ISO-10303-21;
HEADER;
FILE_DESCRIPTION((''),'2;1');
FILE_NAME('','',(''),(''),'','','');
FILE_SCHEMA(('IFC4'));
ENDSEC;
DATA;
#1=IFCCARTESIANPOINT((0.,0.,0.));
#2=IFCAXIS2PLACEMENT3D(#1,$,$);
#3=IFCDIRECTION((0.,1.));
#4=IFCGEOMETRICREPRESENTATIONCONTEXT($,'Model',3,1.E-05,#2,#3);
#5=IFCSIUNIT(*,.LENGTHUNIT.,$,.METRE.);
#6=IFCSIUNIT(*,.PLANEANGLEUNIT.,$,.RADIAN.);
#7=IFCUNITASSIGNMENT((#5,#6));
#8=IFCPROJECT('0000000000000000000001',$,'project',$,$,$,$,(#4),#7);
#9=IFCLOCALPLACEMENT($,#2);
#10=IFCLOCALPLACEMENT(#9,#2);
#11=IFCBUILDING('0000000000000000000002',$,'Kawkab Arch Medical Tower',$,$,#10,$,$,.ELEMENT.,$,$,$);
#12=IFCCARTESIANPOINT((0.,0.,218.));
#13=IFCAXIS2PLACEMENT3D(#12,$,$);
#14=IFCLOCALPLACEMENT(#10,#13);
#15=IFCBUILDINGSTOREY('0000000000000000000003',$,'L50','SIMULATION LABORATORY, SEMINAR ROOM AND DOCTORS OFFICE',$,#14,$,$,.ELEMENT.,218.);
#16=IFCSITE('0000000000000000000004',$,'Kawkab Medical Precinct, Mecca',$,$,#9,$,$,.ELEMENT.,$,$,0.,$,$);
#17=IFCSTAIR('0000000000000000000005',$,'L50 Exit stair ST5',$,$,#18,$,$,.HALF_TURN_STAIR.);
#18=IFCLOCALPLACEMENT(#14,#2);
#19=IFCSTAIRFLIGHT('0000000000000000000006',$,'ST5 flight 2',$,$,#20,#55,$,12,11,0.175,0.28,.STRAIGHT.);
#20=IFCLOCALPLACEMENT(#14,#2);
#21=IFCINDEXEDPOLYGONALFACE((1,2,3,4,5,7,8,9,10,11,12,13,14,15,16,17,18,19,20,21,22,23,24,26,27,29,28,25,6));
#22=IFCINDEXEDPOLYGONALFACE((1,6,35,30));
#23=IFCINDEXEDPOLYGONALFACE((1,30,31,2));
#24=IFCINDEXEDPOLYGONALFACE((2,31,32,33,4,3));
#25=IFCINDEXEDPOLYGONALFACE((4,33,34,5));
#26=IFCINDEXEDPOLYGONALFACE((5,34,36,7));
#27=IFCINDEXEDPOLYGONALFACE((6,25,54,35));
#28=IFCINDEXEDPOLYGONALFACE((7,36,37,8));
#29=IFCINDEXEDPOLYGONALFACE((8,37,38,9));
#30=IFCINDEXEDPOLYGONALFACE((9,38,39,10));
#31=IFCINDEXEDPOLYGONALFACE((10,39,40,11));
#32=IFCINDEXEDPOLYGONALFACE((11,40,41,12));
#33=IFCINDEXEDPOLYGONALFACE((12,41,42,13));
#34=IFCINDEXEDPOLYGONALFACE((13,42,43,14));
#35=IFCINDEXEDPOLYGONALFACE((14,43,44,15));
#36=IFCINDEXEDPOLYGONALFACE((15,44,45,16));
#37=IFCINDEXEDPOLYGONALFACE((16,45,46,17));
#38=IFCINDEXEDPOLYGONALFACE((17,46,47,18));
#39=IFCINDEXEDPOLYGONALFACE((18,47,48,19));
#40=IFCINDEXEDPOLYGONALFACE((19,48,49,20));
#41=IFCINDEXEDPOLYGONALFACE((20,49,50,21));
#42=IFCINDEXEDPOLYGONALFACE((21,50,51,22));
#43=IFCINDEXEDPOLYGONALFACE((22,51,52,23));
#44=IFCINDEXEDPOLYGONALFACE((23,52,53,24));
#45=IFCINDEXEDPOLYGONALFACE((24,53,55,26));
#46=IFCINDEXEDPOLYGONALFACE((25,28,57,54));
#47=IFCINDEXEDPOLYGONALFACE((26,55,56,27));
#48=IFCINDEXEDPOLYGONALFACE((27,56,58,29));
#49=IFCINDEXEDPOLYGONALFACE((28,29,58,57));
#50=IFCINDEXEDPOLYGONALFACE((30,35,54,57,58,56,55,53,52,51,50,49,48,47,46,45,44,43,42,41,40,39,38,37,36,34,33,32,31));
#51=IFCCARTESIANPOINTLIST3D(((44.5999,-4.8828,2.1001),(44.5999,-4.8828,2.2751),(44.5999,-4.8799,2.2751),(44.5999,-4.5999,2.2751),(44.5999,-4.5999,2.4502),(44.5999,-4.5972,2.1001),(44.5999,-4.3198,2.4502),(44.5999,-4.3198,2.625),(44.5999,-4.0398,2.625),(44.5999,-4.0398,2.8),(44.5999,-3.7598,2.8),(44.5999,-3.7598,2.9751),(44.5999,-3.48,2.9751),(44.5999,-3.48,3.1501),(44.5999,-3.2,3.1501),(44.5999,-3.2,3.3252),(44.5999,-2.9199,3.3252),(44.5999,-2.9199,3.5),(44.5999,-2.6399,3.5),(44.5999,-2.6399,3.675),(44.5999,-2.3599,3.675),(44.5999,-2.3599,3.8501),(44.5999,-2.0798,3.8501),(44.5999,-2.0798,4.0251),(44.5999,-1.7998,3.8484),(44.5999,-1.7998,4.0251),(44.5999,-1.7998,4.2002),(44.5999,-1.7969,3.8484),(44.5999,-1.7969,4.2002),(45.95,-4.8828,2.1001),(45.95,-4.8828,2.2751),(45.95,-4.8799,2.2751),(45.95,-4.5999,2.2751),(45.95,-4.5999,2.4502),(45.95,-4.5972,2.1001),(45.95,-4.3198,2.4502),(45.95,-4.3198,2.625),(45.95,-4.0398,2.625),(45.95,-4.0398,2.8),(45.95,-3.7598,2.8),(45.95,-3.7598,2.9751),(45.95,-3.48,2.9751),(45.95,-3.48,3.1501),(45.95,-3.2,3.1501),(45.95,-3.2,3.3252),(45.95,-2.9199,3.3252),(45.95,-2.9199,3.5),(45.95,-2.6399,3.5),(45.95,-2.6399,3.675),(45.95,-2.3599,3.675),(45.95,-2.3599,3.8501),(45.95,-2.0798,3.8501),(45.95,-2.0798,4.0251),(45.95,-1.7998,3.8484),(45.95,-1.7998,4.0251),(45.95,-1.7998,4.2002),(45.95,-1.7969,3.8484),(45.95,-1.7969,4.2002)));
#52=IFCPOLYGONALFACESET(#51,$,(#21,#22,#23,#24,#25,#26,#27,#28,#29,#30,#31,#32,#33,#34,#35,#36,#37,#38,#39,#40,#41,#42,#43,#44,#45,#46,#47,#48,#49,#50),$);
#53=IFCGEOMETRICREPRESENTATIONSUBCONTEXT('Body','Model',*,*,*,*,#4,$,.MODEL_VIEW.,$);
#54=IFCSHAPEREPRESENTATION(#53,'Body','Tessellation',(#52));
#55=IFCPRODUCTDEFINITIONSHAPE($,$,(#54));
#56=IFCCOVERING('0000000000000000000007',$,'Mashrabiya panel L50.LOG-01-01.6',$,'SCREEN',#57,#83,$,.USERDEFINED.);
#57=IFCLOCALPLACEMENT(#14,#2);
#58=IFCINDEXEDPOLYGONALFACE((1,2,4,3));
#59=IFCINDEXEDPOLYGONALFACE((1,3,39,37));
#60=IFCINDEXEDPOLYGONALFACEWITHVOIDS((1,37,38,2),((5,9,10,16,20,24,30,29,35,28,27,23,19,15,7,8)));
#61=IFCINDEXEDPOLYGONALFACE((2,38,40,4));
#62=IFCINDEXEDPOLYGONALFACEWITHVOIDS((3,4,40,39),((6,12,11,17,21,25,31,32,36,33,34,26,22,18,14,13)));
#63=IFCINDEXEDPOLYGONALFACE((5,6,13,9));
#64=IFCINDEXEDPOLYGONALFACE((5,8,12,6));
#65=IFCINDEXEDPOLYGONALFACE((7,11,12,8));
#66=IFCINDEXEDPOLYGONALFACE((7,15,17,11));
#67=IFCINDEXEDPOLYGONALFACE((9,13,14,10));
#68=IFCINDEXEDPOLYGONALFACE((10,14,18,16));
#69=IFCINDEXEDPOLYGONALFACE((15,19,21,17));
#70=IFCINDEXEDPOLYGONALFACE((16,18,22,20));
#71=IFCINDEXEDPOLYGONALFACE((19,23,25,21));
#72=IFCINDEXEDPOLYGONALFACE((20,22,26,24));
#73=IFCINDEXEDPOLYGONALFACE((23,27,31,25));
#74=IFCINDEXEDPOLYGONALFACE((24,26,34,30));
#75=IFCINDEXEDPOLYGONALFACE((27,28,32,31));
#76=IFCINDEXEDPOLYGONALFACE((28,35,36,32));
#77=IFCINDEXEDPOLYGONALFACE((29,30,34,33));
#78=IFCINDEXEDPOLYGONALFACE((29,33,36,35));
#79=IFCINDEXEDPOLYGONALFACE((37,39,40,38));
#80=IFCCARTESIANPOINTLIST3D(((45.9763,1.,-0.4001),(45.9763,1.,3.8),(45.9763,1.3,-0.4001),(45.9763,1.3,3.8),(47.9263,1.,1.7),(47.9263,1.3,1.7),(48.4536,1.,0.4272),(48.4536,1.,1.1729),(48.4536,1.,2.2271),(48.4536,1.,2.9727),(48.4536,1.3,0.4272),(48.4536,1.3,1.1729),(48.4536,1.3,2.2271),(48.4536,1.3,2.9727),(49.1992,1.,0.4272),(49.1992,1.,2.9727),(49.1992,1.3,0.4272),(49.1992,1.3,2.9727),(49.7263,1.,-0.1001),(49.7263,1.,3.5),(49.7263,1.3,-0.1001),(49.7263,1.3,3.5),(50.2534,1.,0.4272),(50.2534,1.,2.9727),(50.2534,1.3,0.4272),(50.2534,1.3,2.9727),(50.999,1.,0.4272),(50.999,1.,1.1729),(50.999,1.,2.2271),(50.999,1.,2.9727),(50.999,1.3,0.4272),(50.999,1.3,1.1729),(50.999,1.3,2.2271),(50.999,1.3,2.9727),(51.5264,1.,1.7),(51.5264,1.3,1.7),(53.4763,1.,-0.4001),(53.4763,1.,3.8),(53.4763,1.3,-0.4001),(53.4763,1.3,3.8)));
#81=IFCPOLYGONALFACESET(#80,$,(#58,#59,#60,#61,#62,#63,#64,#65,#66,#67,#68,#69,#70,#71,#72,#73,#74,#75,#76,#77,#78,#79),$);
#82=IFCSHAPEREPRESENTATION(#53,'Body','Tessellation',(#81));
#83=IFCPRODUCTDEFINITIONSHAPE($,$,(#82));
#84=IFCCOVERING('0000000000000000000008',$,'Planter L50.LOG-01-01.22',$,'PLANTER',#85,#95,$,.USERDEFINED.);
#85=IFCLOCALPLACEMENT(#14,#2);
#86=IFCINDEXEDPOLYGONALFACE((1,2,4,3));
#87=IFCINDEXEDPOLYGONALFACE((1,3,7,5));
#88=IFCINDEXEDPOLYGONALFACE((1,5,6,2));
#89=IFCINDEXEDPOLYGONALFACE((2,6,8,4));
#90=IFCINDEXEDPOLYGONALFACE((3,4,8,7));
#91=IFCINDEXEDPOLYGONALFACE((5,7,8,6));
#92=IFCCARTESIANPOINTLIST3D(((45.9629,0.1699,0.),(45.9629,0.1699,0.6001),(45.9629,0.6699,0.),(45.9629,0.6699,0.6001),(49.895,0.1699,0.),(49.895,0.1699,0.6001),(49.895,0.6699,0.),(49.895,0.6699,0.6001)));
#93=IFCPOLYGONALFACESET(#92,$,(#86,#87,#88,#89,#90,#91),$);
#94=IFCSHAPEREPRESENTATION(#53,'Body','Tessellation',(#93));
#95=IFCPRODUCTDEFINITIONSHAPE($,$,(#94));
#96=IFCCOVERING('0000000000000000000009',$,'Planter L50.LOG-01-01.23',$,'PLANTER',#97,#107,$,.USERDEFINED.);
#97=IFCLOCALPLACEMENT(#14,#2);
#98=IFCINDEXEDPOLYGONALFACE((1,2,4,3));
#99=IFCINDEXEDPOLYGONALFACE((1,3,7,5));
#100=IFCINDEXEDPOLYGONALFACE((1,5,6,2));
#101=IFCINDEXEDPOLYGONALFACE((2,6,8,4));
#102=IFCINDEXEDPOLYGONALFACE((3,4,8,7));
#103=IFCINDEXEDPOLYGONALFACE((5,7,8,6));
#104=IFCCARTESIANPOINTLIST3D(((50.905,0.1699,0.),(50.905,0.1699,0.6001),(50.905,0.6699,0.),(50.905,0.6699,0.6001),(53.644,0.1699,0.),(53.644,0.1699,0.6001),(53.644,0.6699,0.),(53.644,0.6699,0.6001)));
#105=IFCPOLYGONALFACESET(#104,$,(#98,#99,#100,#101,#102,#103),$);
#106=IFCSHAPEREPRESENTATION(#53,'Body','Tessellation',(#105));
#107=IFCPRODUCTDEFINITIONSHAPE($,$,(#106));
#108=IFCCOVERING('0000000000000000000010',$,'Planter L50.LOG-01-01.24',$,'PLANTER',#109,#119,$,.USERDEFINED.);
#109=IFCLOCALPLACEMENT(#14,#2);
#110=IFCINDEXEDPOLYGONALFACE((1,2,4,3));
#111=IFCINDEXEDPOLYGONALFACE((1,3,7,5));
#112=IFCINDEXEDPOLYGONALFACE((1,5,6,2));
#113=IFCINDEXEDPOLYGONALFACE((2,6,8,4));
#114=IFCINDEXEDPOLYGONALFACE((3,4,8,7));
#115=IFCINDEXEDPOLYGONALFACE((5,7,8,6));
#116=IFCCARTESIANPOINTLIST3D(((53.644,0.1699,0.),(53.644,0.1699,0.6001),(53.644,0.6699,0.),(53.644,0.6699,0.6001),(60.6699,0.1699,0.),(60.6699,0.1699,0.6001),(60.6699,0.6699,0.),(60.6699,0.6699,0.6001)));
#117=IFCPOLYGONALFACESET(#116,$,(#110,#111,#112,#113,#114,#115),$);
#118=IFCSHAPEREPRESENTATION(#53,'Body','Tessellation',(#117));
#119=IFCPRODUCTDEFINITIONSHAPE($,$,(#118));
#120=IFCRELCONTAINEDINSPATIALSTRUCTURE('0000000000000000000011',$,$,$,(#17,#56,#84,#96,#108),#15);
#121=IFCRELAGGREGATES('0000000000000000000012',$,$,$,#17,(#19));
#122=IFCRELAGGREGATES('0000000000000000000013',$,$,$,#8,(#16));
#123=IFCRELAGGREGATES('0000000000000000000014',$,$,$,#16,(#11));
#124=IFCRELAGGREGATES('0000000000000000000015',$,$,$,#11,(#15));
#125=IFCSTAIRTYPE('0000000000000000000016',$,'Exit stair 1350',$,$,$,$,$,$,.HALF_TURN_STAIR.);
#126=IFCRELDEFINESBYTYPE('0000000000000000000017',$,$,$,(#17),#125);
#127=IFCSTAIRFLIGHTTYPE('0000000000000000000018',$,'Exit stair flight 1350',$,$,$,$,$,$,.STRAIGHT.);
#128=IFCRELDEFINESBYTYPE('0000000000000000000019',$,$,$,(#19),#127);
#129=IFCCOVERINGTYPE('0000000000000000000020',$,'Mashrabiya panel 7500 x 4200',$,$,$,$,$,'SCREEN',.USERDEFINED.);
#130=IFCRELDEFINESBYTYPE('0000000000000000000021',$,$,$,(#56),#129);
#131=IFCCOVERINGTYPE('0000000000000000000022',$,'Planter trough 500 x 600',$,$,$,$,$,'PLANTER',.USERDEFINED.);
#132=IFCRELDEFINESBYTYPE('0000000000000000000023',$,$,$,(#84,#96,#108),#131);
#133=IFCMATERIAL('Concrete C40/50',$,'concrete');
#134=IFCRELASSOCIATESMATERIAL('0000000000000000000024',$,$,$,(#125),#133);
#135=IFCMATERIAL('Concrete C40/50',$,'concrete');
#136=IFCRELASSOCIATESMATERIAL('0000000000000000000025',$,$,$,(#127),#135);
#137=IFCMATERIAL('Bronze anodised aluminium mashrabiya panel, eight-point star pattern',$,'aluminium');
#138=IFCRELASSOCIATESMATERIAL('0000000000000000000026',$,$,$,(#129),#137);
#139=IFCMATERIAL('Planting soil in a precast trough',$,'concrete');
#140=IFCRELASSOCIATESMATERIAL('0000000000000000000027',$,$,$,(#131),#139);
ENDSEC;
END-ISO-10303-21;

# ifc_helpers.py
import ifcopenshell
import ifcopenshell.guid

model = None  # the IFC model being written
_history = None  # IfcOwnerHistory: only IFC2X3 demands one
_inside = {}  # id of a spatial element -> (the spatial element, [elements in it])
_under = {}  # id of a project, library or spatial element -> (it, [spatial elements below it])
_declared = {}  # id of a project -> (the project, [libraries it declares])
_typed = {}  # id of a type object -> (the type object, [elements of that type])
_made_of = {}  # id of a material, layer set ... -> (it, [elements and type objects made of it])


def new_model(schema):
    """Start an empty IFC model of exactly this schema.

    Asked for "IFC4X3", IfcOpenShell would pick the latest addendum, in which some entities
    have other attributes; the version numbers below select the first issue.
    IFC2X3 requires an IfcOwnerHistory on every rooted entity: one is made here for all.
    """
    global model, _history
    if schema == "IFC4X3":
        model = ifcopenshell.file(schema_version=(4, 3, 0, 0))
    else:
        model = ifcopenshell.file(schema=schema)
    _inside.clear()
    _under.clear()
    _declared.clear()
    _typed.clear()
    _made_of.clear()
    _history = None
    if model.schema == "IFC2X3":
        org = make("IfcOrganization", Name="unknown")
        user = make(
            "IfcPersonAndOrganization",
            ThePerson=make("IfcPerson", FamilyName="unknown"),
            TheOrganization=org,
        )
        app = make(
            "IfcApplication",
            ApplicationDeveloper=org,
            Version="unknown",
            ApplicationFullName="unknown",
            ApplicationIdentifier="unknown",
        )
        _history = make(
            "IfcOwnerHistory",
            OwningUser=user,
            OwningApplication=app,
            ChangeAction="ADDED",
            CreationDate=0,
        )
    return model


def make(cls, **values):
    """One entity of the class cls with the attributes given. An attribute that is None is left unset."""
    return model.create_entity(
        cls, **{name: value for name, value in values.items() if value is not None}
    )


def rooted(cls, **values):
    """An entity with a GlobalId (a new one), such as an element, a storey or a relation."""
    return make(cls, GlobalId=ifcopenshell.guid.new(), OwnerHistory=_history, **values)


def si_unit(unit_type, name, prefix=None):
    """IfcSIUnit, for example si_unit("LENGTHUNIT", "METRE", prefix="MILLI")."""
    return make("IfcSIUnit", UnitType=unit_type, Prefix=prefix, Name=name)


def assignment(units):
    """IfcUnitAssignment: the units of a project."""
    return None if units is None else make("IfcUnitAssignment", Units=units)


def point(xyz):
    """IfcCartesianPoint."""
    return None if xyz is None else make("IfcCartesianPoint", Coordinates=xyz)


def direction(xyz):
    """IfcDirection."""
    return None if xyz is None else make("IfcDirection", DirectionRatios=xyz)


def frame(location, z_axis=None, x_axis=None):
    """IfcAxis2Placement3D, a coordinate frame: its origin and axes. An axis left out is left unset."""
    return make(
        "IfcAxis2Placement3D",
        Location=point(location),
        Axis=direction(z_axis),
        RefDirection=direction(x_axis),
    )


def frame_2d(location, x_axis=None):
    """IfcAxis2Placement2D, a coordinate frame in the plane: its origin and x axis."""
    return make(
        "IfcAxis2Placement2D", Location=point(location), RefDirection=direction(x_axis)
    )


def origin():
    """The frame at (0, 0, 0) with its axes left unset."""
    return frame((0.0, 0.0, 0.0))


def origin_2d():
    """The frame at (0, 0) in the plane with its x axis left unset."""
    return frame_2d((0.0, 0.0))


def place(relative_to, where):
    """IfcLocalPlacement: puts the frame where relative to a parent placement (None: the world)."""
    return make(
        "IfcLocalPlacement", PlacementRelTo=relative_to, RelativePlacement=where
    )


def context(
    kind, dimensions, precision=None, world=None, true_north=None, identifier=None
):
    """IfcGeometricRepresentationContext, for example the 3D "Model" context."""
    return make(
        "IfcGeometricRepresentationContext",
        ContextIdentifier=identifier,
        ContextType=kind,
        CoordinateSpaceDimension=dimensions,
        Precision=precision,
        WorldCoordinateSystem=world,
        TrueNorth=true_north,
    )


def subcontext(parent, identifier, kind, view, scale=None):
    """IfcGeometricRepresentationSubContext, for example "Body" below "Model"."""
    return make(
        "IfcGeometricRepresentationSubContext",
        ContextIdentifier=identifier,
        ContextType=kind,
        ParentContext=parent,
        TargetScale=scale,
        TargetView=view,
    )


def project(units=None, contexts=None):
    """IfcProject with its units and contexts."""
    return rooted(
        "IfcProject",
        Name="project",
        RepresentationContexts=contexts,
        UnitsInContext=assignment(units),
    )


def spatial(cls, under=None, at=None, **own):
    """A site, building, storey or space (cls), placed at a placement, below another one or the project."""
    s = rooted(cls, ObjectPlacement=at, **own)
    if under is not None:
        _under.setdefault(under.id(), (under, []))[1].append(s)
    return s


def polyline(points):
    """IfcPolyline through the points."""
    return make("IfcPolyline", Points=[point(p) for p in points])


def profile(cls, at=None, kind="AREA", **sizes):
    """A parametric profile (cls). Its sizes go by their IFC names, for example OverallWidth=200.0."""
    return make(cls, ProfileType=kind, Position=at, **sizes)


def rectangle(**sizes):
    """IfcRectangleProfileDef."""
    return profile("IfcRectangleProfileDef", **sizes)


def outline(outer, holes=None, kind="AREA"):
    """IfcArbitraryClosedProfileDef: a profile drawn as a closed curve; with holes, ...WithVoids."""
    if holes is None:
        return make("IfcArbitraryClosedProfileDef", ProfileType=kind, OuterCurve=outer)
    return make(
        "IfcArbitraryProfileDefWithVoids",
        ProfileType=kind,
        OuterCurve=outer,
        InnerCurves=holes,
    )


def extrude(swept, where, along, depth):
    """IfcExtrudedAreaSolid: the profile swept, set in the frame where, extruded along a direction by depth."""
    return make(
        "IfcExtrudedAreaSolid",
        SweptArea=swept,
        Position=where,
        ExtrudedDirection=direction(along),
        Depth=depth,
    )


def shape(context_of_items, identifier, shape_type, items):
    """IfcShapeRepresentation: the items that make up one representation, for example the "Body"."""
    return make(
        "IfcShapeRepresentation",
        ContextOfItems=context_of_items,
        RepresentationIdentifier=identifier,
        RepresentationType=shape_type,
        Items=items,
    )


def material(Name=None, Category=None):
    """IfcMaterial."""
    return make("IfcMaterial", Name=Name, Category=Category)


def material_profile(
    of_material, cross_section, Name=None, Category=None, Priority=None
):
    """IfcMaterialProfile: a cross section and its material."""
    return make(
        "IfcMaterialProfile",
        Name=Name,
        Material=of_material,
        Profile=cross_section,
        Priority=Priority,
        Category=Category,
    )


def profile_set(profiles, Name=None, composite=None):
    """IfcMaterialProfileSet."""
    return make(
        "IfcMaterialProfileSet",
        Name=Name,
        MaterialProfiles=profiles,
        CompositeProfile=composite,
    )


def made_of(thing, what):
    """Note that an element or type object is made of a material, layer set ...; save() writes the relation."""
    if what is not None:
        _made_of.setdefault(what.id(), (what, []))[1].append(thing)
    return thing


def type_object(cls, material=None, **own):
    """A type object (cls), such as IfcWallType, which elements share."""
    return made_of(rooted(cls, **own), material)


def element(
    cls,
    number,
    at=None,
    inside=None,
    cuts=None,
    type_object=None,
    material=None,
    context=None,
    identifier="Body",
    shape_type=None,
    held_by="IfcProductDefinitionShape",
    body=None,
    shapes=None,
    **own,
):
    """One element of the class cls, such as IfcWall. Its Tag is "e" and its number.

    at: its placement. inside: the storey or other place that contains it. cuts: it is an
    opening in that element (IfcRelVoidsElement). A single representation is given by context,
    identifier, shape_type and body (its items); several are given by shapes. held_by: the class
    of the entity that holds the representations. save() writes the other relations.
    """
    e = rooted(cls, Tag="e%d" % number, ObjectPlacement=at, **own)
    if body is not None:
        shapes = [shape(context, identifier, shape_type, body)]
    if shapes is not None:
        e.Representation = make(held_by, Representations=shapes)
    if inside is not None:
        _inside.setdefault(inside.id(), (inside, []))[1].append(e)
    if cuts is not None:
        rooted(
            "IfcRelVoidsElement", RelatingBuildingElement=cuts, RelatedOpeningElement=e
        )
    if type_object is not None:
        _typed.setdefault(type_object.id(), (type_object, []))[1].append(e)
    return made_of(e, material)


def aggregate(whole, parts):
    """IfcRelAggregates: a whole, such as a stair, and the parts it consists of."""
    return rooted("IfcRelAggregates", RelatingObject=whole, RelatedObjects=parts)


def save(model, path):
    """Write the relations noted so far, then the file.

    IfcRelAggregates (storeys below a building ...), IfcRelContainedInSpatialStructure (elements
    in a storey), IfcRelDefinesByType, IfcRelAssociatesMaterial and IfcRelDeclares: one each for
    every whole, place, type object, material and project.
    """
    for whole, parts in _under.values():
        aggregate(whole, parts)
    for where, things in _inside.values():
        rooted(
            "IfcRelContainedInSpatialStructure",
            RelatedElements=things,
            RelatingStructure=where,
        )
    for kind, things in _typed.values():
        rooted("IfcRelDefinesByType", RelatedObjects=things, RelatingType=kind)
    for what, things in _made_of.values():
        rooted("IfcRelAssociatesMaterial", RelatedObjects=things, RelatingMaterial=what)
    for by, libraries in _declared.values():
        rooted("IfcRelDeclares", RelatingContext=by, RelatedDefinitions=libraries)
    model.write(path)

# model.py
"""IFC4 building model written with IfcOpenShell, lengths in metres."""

from ifc_helpers import new_model, si_unit, direction, frame, origin, origin_2d, place, context, subcontext, project, spatial, polyline, rectangle, outline, extrude, material, material_profile, profile_set, type_object, element, aggregate, save


model = new_model("IFC4")

# Units and contexts
model_context = context("Model", 3, precision=1e-05, world=origin(), true_north=direction((0.0, 1.0)))
body_context = subcontext(model_context, "Body", "Model", "MODEL_VIEW")
ifc_project = project(units=[si_unit("LENGTHUNIT", "METRE"), si_unit("PLANEANGLEUNIT", "RADIAN")], contexts=[model_context])

# Site, building, storey
site_placement = place(None, origin())
site = spatial("IfcSite", under=ifc_project, at=site_placement, Name="Kawkab Medical Precinct, Mecca", CompositionType="ELEMENT", RefElevation=0.0)
building_placement = place(site_placement, origin())
building = spatial("IfcBuilding", under=site, at=building_placement, Name="Kawkab Arch Medical Tower", CompositionType="ELEMENT")
storey_placement = place(building_placement, frame((0.0, 0.0, 218.0)))
storey = spatial("IfcBuildingStorey", under=building, at=storey_placement, Name="L50", Description="SIMULATION LABORATORY, SEMINAR ROOM AND DOCTORS OFFICE", CompositionType="ELEMENT", Elevation=218.0)

# Shared definitions
placement = place(storey_placement, origin())

# Stair, stair flight
ifc_material_1 = material(Name="Concrete C40/50", Category="concrete")
stair_type = type_object("IfcStairType", Name="Exit stair 1350", PredefinedType="HALF_TURN_STAIR", material=ifc_material_1)
stair = element("IfcStair", 1, at=placement, inside=storey, type_object=stair_type, Name="L50 Exit stair ST5", PredefinedType="HALF_TURN_STAIR")
ifc_material_2 = material(Name="Concrete C40/50", Category="concrete")
stair_flight_type = type_object("IfcStairFlightType", Name="Exit stair flight 1350", PredefinedType="STRAIGHT", material=ifc_material_2)
stair_flight_placement = place(storey_placement, frame((45.2749, -4.8799, 2.1001), z_axis=(0.0, 0.0, 1.0), x_axis=(0.0, 1.0, 0.0)))
stair_flight = element("IfcStairFlight", 2, at=stair_flight_placement, type_object=stair_flight_type, Name="ST5 flight 2", NumberOfRisers=12, NumberOfTreads=11, PredefinedType="STRAIGHT", RiserHeight=0.175, TreadLength=0.28, context=body_context, shape_type="SweptSolid", body=[
    extrude(outline(polyline([(-0.0029, 0.0), (-0.0029, 0.175), (0.0, 0.175), (0.28, 0.175), (0.28, 0.3501), (0.5601, 0.3501), (0.5601, 0.5249), (0.8401, 0.5249), (0.8401, 0.7), (1.1201, 0.7), (1.1201, 0.875), (1.3999, 0.875), (1.3999, 1.05), (1.6799, 1.05), (1.6799, 1.2251), (1.96, 1.2251), (1.96, 1.3999), (2.24, 1.3999), (2.24, 1.575), (2.52, 1.575), (2.52, 1.75), (2.8, 1.75), (2.8, 1.925), (3.0801, 1.925), (3.0801, 2.1001), (3.083, 2.1001), (3.083, 1.7483), (3.0801, 1.7483), (0.2827, 0.0), (-0.0029, 0.0)])), frame((0.0, 0.675, 0.0), z_axis=(0.0, -1.0, 0.0), x_axis=(1.0, 0.0, 0.0)), (0.0, 0.0, 1.0), 1.3501),
])
aggregate(stair, [stair_flight])

# Coverings
ifc_material_3 = material(Name="Bronze anodised aluminium mashrabiya panel, eight-point star pattern", Category="aluminium")
ifc_material_profile_1 = material_profile(ifc_material_3, outline(polyline([(-3.75, -2.1001), (3.75, -2.1001), (3.75, 2.1001), (-3.75, 2.1001), (-3.75, -2.1001)]), holes=[polyline([(1.8, 0.0), (1.2727, 0.5271), (1.2727, 1.2727), (0.5271, 1.2727), (0.0, 1.8), (-0.5271, 1.2727), (-1.2727, 1.2727), (-1.2727, 0.5271), (-1.8, 0.0), (-1.2727, -0.5271), (-1.2727, -1.2727), (-0.5271, -1.2727), (0.0, -1.8), (0.5271, -1.2727), (1.2727, -1.2727), (1.2727, -0.5271), (1.8, 0.0)])]), Name="Mashrabiya panel 7500x4200")
ifc_profile_set_1 = profile_set([ifc_material_profile_1], Name="Bronze anodised aluminium mashrabiya panel, eight-point star pattern")
covering_type_1 = type_object("IfcCoveringType", Name="Mashrabiya panel 7500 x 4200", ElementType="SCREEN", PredefinedType="USERDEFINED", material=ifc_profile_set_1)
covering_1_placement = place(storey_placement, frame((49.7263, 1.0, 1.7), z_axis=(0.0, 1.0, 0.0), x_axis=(-1.0, 0.0, 0.0)))
element("IfcCovering", 3, at=covering_1_placement, inside=storey, type_object=covering_type_1, Name="Mashrabiya panel L50.LOG-01-01.6", ObjectType="SCREEN", PredefinedType="USERDEFINED", context=body_context, shape_type="SweptSolid", body=[
    extrude(outline(polyline([(-3.75, -2.1001), (3.75, -2.1001), (3.75, 2.1001), (-3.75, 2.1001), (-3.75, -2.1001)]), holes=[polyline([(1.8, 0.0), (1.2727, 0.5271), (1.2727, 1.2727), (0.5271, 1.2727), (0.0, 1.8), (-0.5271, 1.2727), (-1.2727, 1.2727), (-1.2727, 0.5271), (-1.8, 0.0), (-1.2727, -0.5271), (-1.2727, -1.2727), (-0.5271, -1.2727), (0.0, -1.8), (0.5271, -1.2727), (1.2727, -1.2727), (1.2727, -0.5271), (1.8, 0.0)])]), origin(), (0.0, 0.0, 1.0), 0.3),
])
ifc_material_4 = material(Name="Planting soil in a precast trough", Category="concrete")
ifc_material_profile_2 = material_profile(ifc_material_4, rectangle(XDim=0.5, YDim=0.6001, at=origin_2d()), Name="Trough 500x600")
ifc_profile_set_2 = profile_set([ifc_material_profile_2], Name="Planting soil in a precast trough")
covering_type_2 = type_object("IfcCoveringType", Name="Planter trough 500 x 600", ElementType="PLANTER", PredefinedType="USERDEFINED", material=ifc_profile_set_2)
covering_2_placement = place(storey_placement, frame((45.9629, 0.4199, 0.3), z_axis=(1.0, 0.0, 0.0), x_axis=(0.0, 1.0, 0.0)))
element("IfcCovering", 4, at=covering_2_placement, inside=storey, type_object=covering_type_2, Name="Planter L50.LOG-01-01.22", ObjectType="PLANTER", PredefinedType="USERDEFINED", context=body_context, shape_type="SweptSolid", body=[
    extrude(rectangle(XDim=0.5, YDim=0.6001, at=origin_2d()), origin(), (0.0, 0.0, 1.0), 3.9321),
])
covering_3_placement = place(storey_placement, frame((50.905, 0.4199, 0.3), z_axis=(1.0, 0.0, 0.0), x_axis=(0.0, 1.0, 0.0)))
element("IfcCovering", 5, at=covering_3_placement, inside=storey, type_object=covering_type_2, Name="Planter L50.LOG-01-01.23", ObjectType="PLANTER", PredefinedType="USERDEFINED", context=body_context, shape_type="SweptSolid", body=[
    extrude(rectangle(XDim=0.5, YDim=0.6001, at=origin_2d()), origin(), (0.0, 0.0, 1.0), 2.739),
])
covering_4_placement = place(storey_placement, frame((53.644, 0.4199, 0.3), z_axis=(1.0, 0.0, 0.0), x_axis=(0.0, 1.0, 0.0)))
element("IfcCovering", 6, at=covering_4_placement, inside=storey, type_object=covering_type_2, Name="Planter L50.LOG-01-01.24", ObjectType="PLANTER", PredefinedType="USERDEFINED", context=body_context, shape_type="SweptSolid", body=[
    extrude(rectangle(XDim=0.5, YDim=0.6001, at=origin_2d()), origin(), (0.0, 0.0, 1.0), 7.0259),
])

save(model, "model.ifc")
